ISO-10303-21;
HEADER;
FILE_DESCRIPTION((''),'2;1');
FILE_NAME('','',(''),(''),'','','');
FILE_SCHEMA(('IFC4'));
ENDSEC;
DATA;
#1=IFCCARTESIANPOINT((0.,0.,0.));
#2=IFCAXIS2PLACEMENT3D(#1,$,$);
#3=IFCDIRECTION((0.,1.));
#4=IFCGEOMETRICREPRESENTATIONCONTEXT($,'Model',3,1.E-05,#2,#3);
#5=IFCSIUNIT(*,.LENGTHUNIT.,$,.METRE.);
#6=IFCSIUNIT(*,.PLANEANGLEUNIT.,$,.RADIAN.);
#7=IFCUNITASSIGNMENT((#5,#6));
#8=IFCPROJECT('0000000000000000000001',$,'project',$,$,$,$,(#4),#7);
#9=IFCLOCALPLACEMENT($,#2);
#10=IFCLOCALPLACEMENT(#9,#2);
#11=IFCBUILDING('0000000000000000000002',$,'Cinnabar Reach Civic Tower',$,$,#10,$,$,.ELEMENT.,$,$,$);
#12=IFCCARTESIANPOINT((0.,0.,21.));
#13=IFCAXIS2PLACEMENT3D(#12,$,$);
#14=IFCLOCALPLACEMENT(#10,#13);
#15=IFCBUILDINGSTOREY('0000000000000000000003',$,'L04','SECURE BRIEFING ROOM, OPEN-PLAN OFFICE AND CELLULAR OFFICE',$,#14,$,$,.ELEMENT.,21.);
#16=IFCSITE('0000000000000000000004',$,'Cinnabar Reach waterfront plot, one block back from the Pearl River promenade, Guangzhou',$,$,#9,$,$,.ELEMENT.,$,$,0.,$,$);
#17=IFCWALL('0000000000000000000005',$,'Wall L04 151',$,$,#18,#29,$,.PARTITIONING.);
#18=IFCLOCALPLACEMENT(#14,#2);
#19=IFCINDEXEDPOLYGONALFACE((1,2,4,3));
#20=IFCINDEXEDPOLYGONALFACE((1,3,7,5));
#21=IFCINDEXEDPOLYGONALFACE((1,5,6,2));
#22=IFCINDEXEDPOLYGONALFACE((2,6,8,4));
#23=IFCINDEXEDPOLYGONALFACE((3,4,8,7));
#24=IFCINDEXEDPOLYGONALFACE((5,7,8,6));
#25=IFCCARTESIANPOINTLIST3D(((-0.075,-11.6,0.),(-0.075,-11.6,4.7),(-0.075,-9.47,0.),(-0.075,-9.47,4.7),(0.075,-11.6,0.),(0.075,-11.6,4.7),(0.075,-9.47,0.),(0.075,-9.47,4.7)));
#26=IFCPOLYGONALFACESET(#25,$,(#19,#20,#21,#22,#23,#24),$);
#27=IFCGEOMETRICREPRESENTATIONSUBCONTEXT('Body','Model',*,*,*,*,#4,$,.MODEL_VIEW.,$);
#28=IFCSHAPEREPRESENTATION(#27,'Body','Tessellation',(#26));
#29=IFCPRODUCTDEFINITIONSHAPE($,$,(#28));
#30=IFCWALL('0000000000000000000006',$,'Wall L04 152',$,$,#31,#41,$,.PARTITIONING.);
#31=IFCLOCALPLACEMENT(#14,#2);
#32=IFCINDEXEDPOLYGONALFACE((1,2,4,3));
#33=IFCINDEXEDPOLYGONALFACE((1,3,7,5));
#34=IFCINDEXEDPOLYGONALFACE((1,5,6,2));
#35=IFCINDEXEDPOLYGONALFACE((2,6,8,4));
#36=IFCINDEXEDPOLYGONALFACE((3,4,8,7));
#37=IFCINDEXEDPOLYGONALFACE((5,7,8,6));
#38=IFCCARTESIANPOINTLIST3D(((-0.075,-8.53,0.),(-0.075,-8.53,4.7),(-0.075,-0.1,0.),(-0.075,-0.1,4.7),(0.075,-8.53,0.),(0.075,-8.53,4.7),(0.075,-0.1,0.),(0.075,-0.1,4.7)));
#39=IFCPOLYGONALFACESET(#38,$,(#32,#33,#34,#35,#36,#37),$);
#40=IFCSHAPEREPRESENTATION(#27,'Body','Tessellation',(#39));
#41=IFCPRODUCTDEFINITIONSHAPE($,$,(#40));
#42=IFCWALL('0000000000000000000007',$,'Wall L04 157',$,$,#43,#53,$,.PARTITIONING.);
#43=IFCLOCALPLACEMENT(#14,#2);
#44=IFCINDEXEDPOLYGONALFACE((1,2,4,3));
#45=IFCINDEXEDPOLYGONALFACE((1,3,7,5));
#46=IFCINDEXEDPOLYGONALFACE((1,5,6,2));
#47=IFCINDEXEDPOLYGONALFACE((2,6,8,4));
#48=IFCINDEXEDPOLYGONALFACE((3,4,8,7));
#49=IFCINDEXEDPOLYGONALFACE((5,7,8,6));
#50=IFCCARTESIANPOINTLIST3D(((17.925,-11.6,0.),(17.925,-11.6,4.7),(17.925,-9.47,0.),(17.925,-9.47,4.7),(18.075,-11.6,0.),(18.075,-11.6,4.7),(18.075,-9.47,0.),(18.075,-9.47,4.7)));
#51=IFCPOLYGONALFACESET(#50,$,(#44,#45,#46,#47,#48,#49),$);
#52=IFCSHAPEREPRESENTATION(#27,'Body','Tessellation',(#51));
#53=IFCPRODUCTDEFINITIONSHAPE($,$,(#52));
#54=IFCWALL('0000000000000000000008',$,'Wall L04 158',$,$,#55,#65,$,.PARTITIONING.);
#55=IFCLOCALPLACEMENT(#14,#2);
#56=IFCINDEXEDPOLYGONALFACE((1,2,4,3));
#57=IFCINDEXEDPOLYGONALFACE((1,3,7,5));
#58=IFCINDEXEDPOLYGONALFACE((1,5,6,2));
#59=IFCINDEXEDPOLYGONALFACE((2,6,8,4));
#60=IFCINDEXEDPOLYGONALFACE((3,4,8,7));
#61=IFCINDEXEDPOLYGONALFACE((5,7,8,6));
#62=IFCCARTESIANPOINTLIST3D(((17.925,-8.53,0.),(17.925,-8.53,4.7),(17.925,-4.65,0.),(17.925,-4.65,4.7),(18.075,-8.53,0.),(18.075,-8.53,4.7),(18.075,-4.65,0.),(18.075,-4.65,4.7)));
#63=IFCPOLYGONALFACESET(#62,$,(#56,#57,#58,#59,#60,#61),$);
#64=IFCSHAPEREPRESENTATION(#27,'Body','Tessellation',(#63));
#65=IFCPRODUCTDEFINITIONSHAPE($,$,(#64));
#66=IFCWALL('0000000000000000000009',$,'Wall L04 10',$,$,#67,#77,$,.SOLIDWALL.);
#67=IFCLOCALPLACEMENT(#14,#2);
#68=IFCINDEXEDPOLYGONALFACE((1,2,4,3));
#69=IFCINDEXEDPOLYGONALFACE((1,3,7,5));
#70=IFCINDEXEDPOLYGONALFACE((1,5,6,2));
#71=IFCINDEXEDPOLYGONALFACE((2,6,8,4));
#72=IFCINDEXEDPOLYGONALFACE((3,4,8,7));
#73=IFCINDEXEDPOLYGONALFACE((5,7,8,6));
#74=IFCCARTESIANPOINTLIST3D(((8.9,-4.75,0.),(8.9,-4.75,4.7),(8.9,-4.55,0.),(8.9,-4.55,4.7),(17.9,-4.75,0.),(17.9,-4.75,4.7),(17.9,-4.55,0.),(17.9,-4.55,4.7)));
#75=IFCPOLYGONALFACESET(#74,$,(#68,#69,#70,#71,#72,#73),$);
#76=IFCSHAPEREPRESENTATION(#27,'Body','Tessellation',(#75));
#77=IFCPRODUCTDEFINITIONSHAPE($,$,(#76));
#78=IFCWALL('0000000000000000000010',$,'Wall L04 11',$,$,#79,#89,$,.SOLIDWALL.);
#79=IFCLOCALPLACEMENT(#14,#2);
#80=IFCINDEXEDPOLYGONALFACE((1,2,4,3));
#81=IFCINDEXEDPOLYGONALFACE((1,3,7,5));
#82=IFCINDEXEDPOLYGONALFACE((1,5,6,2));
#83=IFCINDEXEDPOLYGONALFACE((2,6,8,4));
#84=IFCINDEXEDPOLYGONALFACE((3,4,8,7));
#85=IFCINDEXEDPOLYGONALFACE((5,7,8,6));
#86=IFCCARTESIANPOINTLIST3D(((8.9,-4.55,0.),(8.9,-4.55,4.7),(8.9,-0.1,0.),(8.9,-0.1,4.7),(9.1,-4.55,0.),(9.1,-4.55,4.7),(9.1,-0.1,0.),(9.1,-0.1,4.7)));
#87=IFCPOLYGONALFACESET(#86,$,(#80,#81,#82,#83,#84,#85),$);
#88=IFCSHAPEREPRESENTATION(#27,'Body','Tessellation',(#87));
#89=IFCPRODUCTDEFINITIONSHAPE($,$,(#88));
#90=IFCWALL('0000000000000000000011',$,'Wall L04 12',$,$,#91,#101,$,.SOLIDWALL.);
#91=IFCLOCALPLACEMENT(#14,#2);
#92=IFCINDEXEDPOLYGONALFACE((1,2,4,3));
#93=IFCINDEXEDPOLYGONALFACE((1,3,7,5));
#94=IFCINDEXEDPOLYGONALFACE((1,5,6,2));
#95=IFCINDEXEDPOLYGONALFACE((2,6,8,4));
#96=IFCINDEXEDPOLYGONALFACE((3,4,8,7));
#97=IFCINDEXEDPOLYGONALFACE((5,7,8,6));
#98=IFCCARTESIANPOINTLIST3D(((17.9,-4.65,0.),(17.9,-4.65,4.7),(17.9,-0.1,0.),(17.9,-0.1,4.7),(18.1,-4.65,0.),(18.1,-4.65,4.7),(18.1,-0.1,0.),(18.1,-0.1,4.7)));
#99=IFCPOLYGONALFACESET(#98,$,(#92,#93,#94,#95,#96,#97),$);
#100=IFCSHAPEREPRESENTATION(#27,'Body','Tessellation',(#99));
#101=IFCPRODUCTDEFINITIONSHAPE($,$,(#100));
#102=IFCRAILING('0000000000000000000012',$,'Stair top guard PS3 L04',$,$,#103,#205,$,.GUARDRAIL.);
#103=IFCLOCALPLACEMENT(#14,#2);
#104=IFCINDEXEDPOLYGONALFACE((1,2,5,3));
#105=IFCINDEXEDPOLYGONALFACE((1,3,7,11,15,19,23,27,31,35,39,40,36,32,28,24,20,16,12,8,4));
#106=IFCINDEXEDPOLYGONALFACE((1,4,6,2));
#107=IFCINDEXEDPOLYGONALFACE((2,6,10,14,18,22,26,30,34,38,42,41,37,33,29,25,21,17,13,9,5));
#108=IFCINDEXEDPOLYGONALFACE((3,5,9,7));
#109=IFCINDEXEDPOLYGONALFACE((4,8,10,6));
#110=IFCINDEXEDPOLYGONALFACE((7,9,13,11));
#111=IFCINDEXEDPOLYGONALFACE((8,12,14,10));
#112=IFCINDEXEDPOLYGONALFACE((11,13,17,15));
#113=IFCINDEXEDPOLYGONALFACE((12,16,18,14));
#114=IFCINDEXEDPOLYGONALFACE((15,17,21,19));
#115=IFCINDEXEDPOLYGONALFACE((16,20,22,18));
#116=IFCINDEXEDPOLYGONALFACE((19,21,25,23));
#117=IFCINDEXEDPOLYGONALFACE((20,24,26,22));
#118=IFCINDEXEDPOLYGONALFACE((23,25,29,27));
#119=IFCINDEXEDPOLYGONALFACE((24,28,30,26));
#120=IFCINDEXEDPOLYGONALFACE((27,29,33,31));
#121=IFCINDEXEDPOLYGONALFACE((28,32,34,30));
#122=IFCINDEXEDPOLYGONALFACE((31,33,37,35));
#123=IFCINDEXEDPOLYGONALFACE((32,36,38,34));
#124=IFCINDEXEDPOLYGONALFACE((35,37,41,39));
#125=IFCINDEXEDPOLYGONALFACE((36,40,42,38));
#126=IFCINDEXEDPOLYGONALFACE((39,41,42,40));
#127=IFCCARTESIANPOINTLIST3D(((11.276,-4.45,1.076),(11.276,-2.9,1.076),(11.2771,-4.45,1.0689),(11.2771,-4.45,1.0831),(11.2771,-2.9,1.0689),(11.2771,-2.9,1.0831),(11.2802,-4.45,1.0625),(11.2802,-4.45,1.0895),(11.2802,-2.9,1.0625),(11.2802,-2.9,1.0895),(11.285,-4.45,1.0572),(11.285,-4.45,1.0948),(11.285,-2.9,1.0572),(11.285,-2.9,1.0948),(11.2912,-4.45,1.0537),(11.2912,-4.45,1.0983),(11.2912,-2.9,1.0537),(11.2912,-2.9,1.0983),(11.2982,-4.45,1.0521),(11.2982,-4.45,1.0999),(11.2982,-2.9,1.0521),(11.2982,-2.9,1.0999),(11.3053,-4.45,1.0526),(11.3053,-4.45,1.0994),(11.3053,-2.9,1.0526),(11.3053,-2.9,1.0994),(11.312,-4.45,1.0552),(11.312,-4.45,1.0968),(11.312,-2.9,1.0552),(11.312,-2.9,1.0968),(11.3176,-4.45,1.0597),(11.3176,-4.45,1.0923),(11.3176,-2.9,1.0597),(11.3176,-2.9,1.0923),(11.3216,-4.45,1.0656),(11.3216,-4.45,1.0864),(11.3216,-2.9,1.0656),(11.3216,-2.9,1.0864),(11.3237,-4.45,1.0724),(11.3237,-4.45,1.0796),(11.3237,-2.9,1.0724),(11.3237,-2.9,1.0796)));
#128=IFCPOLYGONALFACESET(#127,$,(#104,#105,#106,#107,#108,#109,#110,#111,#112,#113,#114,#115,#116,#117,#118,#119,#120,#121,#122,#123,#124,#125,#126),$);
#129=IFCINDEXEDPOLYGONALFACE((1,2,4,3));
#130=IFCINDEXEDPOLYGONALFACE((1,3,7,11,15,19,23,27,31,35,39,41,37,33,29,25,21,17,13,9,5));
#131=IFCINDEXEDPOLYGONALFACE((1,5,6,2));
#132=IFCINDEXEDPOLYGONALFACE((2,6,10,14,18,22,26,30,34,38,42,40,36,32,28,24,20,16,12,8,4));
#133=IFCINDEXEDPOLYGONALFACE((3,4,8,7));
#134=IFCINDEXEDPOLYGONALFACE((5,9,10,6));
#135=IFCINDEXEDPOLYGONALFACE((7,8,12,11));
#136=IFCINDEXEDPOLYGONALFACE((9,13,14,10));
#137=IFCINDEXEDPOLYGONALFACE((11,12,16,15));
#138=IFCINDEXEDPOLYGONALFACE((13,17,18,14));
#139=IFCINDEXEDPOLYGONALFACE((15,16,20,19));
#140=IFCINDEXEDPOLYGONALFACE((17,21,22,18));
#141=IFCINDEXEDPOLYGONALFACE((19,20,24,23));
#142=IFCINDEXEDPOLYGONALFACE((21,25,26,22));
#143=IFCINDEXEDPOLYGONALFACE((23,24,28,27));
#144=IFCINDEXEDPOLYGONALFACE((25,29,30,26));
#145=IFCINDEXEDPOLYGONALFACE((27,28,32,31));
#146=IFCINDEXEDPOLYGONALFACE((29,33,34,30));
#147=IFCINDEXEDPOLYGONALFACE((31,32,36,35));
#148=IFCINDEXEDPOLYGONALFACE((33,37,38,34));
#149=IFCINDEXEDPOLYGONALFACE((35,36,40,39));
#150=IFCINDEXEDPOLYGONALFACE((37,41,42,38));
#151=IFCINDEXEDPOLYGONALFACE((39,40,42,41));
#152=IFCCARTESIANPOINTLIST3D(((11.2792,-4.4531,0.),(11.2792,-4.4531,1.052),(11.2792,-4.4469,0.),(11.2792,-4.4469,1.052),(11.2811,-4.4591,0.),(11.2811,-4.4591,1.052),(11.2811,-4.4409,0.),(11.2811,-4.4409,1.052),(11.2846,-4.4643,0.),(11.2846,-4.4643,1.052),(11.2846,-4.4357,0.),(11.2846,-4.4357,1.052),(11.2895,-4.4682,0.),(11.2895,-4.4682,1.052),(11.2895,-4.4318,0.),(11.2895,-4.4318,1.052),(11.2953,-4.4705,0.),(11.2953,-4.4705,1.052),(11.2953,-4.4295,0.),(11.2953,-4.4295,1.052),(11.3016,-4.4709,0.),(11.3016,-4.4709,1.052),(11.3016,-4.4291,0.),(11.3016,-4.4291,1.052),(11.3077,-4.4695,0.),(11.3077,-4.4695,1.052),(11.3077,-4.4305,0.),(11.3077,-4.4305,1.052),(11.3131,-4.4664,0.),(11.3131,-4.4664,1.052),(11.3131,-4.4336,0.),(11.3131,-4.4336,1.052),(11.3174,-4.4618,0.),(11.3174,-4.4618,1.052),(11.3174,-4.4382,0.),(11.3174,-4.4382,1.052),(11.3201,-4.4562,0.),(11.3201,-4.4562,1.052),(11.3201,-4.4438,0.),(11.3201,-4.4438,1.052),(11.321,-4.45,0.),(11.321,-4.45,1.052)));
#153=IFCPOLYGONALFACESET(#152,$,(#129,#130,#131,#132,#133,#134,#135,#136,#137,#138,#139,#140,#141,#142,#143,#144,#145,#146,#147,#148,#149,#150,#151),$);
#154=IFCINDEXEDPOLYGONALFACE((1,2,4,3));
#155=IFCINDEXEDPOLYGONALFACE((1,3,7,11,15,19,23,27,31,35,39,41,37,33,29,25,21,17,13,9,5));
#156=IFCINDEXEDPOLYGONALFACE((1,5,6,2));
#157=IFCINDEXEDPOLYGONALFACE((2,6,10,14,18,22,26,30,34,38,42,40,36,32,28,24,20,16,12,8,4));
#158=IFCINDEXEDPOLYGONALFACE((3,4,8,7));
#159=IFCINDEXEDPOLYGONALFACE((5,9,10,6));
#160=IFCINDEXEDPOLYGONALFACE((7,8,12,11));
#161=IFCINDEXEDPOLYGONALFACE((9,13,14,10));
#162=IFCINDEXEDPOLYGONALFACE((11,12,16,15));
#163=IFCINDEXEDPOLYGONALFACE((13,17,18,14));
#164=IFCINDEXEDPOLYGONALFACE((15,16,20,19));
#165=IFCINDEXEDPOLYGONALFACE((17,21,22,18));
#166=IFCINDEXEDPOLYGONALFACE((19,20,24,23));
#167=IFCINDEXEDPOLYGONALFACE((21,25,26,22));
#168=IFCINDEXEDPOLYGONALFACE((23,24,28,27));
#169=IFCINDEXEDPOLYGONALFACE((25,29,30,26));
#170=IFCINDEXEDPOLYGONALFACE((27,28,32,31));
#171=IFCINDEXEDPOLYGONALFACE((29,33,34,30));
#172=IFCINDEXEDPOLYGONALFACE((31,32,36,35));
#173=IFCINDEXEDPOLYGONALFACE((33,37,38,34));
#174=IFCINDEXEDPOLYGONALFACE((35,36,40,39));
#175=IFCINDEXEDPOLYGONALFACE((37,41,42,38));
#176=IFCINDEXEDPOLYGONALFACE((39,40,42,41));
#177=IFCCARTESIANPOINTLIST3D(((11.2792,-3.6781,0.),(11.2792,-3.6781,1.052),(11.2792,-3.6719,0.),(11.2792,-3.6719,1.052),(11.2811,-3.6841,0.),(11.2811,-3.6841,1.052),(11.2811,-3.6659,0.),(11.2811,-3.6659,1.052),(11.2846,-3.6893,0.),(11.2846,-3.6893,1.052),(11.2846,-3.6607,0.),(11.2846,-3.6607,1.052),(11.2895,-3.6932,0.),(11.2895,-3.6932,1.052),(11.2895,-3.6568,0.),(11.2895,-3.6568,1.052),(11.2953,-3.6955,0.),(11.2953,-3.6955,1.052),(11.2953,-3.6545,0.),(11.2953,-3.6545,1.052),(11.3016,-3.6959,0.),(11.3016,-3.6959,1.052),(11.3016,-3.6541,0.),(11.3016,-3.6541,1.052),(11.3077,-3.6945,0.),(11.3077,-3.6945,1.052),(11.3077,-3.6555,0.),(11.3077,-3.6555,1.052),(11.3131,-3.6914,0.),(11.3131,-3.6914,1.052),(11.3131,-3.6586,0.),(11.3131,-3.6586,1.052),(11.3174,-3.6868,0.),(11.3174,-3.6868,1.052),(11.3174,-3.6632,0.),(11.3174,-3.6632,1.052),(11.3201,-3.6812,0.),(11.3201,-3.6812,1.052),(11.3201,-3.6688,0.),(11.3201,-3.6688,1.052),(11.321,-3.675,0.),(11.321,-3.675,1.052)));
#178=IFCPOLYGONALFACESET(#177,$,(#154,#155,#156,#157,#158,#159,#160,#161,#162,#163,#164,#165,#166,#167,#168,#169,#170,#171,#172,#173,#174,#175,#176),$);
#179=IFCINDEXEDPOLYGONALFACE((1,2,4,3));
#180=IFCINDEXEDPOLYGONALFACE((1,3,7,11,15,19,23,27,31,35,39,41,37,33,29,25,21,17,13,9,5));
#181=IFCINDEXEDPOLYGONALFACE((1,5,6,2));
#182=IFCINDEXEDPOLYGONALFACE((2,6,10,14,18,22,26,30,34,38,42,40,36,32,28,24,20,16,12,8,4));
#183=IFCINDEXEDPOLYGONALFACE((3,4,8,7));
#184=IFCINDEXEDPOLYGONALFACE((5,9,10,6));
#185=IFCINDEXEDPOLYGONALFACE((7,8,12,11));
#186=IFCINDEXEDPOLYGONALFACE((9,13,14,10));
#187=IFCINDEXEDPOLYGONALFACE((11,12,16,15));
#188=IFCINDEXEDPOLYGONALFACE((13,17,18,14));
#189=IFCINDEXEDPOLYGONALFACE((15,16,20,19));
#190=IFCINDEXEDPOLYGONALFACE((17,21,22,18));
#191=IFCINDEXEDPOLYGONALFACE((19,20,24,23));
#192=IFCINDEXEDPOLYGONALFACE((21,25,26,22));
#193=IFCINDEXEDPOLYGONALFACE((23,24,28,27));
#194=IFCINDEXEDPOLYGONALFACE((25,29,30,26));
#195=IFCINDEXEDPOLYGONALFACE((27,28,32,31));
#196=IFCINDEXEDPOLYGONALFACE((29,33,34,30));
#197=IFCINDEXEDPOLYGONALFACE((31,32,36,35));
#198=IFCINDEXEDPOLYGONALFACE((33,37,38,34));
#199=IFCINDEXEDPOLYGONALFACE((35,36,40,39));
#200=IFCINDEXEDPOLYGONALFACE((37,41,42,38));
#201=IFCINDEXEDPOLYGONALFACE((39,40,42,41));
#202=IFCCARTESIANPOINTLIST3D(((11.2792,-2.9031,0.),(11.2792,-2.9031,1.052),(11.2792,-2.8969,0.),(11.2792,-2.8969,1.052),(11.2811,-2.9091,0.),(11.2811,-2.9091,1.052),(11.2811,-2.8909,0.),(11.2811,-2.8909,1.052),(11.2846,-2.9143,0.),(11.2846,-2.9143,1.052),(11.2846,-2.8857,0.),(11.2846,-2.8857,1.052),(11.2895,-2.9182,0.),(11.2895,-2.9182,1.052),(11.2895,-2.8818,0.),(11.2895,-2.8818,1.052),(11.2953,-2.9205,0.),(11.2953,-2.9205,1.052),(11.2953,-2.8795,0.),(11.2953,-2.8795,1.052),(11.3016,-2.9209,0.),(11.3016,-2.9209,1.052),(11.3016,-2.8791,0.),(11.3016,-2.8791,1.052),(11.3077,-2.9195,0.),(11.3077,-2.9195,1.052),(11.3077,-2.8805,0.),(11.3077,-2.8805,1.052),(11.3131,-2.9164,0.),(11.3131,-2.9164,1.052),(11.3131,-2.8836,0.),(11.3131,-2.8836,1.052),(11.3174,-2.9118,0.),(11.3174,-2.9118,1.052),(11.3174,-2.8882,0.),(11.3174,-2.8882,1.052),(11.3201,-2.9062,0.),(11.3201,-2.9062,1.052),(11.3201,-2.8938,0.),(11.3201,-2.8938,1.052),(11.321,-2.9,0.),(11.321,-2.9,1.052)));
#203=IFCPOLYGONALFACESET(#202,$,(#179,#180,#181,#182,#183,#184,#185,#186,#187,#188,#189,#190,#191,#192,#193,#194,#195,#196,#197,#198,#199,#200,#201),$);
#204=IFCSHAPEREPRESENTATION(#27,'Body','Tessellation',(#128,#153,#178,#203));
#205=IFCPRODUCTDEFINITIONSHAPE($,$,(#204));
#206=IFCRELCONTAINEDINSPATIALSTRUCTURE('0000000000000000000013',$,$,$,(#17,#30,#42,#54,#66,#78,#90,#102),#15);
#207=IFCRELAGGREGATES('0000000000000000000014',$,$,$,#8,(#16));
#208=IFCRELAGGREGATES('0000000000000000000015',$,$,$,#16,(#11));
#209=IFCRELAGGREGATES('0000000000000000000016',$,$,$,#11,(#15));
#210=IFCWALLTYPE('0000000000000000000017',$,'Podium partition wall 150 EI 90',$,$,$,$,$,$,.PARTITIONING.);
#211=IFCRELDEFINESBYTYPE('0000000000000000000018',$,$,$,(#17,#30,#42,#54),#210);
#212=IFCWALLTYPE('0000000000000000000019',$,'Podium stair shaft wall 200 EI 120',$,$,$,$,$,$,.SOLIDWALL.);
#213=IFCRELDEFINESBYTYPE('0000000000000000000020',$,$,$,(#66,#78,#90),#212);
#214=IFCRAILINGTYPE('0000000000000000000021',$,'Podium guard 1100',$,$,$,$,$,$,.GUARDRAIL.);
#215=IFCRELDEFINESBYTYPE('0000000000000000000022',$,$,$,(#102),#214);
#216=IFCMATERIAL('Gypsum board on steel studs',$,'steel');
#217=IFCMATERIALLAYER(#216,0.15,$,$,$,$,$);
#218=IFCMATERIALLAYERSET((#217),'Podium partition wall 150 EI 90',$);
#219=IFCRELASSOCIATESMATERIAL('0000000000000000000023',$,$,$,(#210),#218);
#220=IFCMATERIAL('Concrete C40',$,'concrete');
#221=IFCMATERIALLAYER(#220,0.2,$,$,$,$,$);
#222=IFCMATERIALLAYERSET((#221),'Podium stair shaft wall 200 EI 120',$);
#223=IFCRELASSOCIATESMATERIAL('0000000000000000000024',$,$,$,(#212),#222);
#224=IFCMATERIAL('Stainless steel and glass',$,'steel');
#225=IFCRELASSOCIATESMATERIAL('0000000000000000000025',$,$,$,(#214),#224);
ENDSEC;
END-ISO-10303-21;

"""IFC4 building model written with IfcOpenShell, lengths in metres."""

from ifc_helpers import new_model, si_unit, direction, frame, frame_2d, origin, origin_2d, place, context, subcontext, project, spatial, rectangle, circle, extrude, material, layer, layer_set, type_object, element, save


model = new_model("IFC4")

# Units and contexts
model_context = context("Model", 3, precision=1e-05, world=origin(), true_north=direction((0.0, 1.0)))
body_context = subcontext(model_context, "Body", "Model", "MODEL_VIEW")
ifc_project = project(units=[si_unit("LENGTHUNIT", "METRE"), si_unit("PLANEANGLEUNIT", "RADIAN")], contexts=[model_context])

# Site, building, storey
site_placement = place(None, origin())
site = spatial("IfcSite", under=ifc_project, at=site_placement, Name="Cinnabar Reach waterfront plot, one block back from the Pearl River promenade, Guangzhou", CompositionType="ELEMENT", RefElevation=0.0)
building_placement = place(site_placement, origin())
building = spatial("IfcBuilding", under=site, at=building_placement, Name="Cinnabar Reach Civic Tower", CompositionType="ELEMENT")
storey_placement = place(building_placement, frame((0.0, 0.0, 21.0)))
storey = spatial("IfcBuildingStorey", under=building, at=storey_placement, Name="L04", Description="SECURE BRIEFING ROOM, OPEN-PLAN OFFICE AND CELLULAR OFFICE", CompositionType="ELEMENT", Elevation=21.0)

# Shared definitions
ifc_material_1 = material(Name="Concrete C40", Category="concrete")

# Walls
ifc_material_2 = material(Name="Gypsum board on steel studs", Category="steel")
ifc_layer_1 = layer(ifc_material_2, 0.15)
ifc_layer_set_1 = layer_set([ifc_layer_1], Name="Podium partition wall 150 EI 90")
wall_type_1 = type_object("IfcWallType", Name="Podium partition wall 150 EI 90", PredefinedType="PARTITIONING", material=ifc_layer_set_1)
wall_1_placement = place(storey_placement, frame((0.0, -11.6, 0.0), z_axis=(0.0, 0.0, 1.0), x_axis=(0.0, 1.0, 0.0)))
element("IfcWall", 1, at=wall_1_placement, inside=storey, type_object=wall_type_1, Name="Wall L04 151", PredefinedType="PARTITIONING", context=body_context, shape_type="SweptSolid", body=[
    extrude(rectangle(XDim=2.13, YDim=0.15, at=frame_2d((1.065, 0.0))), origin(), (0.0, 0.0, 1.0), 4.7),
])
wall_2_placement = place(storey_placement, frame((0.0, -8.53, 0.0), z_axis=(0.0, 0.0, 1.0), x_axis=(0.0, 1.0, 0.0)))
element("IfcWall", 2, at=wall_2_placement, inside=storey, type_object=wall_type_1, Name="Wall L04 152", PredefinedType="PARTITIONING", context=body_context, shape_type="SweptSolid", body=[
    extrude(rectangle(XDim=8.43, YDim=0.15, at=frame_2d((4.215, 0.0))), origin(), (0.0, 0.0, 1.0), 4.7),
])
wall_3_placement = place(storey_placement, frame((18.0, -11.6, 0.0), z_axis=(0.0, 0.0, 1.0), x_axis=(0.0, 1.0, 0.0)))
element("IfcWall", 3, at=wall_3_placement, inside=storey, type_object=wall_type_1, Name="Wall L04 157", PredefinedType="PARTITIONING", context=body_context, shape_type="SweptSolid", body=[
    extrude(rectangle(XDim=2.13, YDim=0.15, at=frame_2d((1.065, 0.0))), origin(), (0.0, 0.0, 1.0), 4.7),
])
wall_4_placement = place(storey_placement, frame((18.0, -8.53, 0.0), z_axis=(0.0, 0.0, 1.0), x_axis=(0.0, 1.0, 0.0)))
element("IfcWall", 4, at=wall_4_placement, inside=storey, type_object=wall_type_1, Name="Wall L04 158", PredefinedType="PARTITIONING", context=body_context, shape_type="SweptSolid", body=[
    extrude(rectangle(XDim=3.88, YDim=0.15, at=frame_2d((1.94, 0.0))), origin(), (0.0, 0.0, 1.0), 4.7),
])
ifc_layer_2 = layer(ifc_material_1, 0.2)
ifc_layer_set_2 = layer_set([ifc_layer_2], Name="Podium stair shaft wall 200 EI 120")
wall_type_2 = type_object("IfcWallType", Name="Podium stair shaft wall 200 EI 120", PredefinedType="SOLIDWALL", material=ifc_layer_set_2)
wall_5_placement = place(storey_placement, frame((8.9, -4.65, 0.0), z_axis=(0.0, 0.0, 1.0), x_axis=(1.0, 0.0, 0.0)))
element("IfcWall", 5, at=wall_5_placement, inside=storey, type_object=wall_type_2, Name="Wall L04 10", PredefinedType="SOLIDWALL", context=body_context, shape_type="SweptSolid", body=[
    extrude(rectangle(XDim=9.0, YDim=0.2, at=frame_2d((4.5, 0.0))), origin(), (0.0, 0.0, 1.0), 4.7),
])
wall_6_placement = place(storey_placement, frame((9.0, -4.55, 0.0), z_axis=(0.0, 0.0, 1.0), x_axis=(0.0, 1.0, 0.0)))
element("IfcWall", 6, at=wall_6_placement, inside=storey, type_object=wall_type_2, Name="Wall L04 11", PredefinedType="SOLIDWALL", context=body_context, shape_type="SweptSolid", body=[
    extrude(rectangle(XDim=4.45, YDim=0.2, at=frame_2d((2.225, 0.0))), origin(), (0.0, 0.0, 1.0), 4.7),
])
wall_7_placement = place(storey_placement, frame((18.0, -4.65, 0.0), z_axis=(0.0, 0.0, 1.0), x_axis=(0.0, 1.0, 0.0)))
element("IfcWall", 7, at=wall_7_placement, inside=storey, type_object=wall_type_2, Name="Wall L04 12", PredefinedType="SOLIDWALL", context=body_context, shape_type="SweptSolid", body=[
    extrude(rectangle(XDim=4.55, YDim=0.2, at=frame_2d((2.275, 0.0))), origin(), (0.0, 0.0, 1.0), 4.7),
])

# Railing
ifc_material_3 = material(Name="Stainless steel and glass", Category="steel")
railing_type = type_object("IfcRailingType", Name="Podium guard 1100", PredefinedType="GUARDRAIL", material=ifc_material_3)
railing_1_placement = place(storey_placement, frame((11.3, -4.45, 0.0)))
element("IfcRailing", 8, at=railing_1_placement, inside=storey, type_object=railing_type, Name="Stair top guard PS3 L04", PredefinedType="GUARDRAIL", context=body_context, shape_type="SweptSolid", body=[
    extrude(circle(Radius=0.024, at=origin_2d()), frame((0.0, 0.0, 1.076), z_axis=(0.0, 1.0, 0.0), x_axis=(-1.0, 0.0, 0.0)), (0.0, 0.0, 1.0), 1.55),
    extrude(circle(Radius=0.021, at=origin_2d()), origin(), (0.0, 0.0, 1.0), 1.052),
    extrude(circle(Radius=0.021, at=origin_2d()), frame((0.0, 0.775, 0.0)), (0.0, 0.0, 1.0), 1.052),
    extrude(circle(Radius=0.021, at=origin_2d()), frame((0.0, 1.55, 0.0)), (0.0, 0.0, 1.0), 1.052),
])

save(model, "model.ifc")
